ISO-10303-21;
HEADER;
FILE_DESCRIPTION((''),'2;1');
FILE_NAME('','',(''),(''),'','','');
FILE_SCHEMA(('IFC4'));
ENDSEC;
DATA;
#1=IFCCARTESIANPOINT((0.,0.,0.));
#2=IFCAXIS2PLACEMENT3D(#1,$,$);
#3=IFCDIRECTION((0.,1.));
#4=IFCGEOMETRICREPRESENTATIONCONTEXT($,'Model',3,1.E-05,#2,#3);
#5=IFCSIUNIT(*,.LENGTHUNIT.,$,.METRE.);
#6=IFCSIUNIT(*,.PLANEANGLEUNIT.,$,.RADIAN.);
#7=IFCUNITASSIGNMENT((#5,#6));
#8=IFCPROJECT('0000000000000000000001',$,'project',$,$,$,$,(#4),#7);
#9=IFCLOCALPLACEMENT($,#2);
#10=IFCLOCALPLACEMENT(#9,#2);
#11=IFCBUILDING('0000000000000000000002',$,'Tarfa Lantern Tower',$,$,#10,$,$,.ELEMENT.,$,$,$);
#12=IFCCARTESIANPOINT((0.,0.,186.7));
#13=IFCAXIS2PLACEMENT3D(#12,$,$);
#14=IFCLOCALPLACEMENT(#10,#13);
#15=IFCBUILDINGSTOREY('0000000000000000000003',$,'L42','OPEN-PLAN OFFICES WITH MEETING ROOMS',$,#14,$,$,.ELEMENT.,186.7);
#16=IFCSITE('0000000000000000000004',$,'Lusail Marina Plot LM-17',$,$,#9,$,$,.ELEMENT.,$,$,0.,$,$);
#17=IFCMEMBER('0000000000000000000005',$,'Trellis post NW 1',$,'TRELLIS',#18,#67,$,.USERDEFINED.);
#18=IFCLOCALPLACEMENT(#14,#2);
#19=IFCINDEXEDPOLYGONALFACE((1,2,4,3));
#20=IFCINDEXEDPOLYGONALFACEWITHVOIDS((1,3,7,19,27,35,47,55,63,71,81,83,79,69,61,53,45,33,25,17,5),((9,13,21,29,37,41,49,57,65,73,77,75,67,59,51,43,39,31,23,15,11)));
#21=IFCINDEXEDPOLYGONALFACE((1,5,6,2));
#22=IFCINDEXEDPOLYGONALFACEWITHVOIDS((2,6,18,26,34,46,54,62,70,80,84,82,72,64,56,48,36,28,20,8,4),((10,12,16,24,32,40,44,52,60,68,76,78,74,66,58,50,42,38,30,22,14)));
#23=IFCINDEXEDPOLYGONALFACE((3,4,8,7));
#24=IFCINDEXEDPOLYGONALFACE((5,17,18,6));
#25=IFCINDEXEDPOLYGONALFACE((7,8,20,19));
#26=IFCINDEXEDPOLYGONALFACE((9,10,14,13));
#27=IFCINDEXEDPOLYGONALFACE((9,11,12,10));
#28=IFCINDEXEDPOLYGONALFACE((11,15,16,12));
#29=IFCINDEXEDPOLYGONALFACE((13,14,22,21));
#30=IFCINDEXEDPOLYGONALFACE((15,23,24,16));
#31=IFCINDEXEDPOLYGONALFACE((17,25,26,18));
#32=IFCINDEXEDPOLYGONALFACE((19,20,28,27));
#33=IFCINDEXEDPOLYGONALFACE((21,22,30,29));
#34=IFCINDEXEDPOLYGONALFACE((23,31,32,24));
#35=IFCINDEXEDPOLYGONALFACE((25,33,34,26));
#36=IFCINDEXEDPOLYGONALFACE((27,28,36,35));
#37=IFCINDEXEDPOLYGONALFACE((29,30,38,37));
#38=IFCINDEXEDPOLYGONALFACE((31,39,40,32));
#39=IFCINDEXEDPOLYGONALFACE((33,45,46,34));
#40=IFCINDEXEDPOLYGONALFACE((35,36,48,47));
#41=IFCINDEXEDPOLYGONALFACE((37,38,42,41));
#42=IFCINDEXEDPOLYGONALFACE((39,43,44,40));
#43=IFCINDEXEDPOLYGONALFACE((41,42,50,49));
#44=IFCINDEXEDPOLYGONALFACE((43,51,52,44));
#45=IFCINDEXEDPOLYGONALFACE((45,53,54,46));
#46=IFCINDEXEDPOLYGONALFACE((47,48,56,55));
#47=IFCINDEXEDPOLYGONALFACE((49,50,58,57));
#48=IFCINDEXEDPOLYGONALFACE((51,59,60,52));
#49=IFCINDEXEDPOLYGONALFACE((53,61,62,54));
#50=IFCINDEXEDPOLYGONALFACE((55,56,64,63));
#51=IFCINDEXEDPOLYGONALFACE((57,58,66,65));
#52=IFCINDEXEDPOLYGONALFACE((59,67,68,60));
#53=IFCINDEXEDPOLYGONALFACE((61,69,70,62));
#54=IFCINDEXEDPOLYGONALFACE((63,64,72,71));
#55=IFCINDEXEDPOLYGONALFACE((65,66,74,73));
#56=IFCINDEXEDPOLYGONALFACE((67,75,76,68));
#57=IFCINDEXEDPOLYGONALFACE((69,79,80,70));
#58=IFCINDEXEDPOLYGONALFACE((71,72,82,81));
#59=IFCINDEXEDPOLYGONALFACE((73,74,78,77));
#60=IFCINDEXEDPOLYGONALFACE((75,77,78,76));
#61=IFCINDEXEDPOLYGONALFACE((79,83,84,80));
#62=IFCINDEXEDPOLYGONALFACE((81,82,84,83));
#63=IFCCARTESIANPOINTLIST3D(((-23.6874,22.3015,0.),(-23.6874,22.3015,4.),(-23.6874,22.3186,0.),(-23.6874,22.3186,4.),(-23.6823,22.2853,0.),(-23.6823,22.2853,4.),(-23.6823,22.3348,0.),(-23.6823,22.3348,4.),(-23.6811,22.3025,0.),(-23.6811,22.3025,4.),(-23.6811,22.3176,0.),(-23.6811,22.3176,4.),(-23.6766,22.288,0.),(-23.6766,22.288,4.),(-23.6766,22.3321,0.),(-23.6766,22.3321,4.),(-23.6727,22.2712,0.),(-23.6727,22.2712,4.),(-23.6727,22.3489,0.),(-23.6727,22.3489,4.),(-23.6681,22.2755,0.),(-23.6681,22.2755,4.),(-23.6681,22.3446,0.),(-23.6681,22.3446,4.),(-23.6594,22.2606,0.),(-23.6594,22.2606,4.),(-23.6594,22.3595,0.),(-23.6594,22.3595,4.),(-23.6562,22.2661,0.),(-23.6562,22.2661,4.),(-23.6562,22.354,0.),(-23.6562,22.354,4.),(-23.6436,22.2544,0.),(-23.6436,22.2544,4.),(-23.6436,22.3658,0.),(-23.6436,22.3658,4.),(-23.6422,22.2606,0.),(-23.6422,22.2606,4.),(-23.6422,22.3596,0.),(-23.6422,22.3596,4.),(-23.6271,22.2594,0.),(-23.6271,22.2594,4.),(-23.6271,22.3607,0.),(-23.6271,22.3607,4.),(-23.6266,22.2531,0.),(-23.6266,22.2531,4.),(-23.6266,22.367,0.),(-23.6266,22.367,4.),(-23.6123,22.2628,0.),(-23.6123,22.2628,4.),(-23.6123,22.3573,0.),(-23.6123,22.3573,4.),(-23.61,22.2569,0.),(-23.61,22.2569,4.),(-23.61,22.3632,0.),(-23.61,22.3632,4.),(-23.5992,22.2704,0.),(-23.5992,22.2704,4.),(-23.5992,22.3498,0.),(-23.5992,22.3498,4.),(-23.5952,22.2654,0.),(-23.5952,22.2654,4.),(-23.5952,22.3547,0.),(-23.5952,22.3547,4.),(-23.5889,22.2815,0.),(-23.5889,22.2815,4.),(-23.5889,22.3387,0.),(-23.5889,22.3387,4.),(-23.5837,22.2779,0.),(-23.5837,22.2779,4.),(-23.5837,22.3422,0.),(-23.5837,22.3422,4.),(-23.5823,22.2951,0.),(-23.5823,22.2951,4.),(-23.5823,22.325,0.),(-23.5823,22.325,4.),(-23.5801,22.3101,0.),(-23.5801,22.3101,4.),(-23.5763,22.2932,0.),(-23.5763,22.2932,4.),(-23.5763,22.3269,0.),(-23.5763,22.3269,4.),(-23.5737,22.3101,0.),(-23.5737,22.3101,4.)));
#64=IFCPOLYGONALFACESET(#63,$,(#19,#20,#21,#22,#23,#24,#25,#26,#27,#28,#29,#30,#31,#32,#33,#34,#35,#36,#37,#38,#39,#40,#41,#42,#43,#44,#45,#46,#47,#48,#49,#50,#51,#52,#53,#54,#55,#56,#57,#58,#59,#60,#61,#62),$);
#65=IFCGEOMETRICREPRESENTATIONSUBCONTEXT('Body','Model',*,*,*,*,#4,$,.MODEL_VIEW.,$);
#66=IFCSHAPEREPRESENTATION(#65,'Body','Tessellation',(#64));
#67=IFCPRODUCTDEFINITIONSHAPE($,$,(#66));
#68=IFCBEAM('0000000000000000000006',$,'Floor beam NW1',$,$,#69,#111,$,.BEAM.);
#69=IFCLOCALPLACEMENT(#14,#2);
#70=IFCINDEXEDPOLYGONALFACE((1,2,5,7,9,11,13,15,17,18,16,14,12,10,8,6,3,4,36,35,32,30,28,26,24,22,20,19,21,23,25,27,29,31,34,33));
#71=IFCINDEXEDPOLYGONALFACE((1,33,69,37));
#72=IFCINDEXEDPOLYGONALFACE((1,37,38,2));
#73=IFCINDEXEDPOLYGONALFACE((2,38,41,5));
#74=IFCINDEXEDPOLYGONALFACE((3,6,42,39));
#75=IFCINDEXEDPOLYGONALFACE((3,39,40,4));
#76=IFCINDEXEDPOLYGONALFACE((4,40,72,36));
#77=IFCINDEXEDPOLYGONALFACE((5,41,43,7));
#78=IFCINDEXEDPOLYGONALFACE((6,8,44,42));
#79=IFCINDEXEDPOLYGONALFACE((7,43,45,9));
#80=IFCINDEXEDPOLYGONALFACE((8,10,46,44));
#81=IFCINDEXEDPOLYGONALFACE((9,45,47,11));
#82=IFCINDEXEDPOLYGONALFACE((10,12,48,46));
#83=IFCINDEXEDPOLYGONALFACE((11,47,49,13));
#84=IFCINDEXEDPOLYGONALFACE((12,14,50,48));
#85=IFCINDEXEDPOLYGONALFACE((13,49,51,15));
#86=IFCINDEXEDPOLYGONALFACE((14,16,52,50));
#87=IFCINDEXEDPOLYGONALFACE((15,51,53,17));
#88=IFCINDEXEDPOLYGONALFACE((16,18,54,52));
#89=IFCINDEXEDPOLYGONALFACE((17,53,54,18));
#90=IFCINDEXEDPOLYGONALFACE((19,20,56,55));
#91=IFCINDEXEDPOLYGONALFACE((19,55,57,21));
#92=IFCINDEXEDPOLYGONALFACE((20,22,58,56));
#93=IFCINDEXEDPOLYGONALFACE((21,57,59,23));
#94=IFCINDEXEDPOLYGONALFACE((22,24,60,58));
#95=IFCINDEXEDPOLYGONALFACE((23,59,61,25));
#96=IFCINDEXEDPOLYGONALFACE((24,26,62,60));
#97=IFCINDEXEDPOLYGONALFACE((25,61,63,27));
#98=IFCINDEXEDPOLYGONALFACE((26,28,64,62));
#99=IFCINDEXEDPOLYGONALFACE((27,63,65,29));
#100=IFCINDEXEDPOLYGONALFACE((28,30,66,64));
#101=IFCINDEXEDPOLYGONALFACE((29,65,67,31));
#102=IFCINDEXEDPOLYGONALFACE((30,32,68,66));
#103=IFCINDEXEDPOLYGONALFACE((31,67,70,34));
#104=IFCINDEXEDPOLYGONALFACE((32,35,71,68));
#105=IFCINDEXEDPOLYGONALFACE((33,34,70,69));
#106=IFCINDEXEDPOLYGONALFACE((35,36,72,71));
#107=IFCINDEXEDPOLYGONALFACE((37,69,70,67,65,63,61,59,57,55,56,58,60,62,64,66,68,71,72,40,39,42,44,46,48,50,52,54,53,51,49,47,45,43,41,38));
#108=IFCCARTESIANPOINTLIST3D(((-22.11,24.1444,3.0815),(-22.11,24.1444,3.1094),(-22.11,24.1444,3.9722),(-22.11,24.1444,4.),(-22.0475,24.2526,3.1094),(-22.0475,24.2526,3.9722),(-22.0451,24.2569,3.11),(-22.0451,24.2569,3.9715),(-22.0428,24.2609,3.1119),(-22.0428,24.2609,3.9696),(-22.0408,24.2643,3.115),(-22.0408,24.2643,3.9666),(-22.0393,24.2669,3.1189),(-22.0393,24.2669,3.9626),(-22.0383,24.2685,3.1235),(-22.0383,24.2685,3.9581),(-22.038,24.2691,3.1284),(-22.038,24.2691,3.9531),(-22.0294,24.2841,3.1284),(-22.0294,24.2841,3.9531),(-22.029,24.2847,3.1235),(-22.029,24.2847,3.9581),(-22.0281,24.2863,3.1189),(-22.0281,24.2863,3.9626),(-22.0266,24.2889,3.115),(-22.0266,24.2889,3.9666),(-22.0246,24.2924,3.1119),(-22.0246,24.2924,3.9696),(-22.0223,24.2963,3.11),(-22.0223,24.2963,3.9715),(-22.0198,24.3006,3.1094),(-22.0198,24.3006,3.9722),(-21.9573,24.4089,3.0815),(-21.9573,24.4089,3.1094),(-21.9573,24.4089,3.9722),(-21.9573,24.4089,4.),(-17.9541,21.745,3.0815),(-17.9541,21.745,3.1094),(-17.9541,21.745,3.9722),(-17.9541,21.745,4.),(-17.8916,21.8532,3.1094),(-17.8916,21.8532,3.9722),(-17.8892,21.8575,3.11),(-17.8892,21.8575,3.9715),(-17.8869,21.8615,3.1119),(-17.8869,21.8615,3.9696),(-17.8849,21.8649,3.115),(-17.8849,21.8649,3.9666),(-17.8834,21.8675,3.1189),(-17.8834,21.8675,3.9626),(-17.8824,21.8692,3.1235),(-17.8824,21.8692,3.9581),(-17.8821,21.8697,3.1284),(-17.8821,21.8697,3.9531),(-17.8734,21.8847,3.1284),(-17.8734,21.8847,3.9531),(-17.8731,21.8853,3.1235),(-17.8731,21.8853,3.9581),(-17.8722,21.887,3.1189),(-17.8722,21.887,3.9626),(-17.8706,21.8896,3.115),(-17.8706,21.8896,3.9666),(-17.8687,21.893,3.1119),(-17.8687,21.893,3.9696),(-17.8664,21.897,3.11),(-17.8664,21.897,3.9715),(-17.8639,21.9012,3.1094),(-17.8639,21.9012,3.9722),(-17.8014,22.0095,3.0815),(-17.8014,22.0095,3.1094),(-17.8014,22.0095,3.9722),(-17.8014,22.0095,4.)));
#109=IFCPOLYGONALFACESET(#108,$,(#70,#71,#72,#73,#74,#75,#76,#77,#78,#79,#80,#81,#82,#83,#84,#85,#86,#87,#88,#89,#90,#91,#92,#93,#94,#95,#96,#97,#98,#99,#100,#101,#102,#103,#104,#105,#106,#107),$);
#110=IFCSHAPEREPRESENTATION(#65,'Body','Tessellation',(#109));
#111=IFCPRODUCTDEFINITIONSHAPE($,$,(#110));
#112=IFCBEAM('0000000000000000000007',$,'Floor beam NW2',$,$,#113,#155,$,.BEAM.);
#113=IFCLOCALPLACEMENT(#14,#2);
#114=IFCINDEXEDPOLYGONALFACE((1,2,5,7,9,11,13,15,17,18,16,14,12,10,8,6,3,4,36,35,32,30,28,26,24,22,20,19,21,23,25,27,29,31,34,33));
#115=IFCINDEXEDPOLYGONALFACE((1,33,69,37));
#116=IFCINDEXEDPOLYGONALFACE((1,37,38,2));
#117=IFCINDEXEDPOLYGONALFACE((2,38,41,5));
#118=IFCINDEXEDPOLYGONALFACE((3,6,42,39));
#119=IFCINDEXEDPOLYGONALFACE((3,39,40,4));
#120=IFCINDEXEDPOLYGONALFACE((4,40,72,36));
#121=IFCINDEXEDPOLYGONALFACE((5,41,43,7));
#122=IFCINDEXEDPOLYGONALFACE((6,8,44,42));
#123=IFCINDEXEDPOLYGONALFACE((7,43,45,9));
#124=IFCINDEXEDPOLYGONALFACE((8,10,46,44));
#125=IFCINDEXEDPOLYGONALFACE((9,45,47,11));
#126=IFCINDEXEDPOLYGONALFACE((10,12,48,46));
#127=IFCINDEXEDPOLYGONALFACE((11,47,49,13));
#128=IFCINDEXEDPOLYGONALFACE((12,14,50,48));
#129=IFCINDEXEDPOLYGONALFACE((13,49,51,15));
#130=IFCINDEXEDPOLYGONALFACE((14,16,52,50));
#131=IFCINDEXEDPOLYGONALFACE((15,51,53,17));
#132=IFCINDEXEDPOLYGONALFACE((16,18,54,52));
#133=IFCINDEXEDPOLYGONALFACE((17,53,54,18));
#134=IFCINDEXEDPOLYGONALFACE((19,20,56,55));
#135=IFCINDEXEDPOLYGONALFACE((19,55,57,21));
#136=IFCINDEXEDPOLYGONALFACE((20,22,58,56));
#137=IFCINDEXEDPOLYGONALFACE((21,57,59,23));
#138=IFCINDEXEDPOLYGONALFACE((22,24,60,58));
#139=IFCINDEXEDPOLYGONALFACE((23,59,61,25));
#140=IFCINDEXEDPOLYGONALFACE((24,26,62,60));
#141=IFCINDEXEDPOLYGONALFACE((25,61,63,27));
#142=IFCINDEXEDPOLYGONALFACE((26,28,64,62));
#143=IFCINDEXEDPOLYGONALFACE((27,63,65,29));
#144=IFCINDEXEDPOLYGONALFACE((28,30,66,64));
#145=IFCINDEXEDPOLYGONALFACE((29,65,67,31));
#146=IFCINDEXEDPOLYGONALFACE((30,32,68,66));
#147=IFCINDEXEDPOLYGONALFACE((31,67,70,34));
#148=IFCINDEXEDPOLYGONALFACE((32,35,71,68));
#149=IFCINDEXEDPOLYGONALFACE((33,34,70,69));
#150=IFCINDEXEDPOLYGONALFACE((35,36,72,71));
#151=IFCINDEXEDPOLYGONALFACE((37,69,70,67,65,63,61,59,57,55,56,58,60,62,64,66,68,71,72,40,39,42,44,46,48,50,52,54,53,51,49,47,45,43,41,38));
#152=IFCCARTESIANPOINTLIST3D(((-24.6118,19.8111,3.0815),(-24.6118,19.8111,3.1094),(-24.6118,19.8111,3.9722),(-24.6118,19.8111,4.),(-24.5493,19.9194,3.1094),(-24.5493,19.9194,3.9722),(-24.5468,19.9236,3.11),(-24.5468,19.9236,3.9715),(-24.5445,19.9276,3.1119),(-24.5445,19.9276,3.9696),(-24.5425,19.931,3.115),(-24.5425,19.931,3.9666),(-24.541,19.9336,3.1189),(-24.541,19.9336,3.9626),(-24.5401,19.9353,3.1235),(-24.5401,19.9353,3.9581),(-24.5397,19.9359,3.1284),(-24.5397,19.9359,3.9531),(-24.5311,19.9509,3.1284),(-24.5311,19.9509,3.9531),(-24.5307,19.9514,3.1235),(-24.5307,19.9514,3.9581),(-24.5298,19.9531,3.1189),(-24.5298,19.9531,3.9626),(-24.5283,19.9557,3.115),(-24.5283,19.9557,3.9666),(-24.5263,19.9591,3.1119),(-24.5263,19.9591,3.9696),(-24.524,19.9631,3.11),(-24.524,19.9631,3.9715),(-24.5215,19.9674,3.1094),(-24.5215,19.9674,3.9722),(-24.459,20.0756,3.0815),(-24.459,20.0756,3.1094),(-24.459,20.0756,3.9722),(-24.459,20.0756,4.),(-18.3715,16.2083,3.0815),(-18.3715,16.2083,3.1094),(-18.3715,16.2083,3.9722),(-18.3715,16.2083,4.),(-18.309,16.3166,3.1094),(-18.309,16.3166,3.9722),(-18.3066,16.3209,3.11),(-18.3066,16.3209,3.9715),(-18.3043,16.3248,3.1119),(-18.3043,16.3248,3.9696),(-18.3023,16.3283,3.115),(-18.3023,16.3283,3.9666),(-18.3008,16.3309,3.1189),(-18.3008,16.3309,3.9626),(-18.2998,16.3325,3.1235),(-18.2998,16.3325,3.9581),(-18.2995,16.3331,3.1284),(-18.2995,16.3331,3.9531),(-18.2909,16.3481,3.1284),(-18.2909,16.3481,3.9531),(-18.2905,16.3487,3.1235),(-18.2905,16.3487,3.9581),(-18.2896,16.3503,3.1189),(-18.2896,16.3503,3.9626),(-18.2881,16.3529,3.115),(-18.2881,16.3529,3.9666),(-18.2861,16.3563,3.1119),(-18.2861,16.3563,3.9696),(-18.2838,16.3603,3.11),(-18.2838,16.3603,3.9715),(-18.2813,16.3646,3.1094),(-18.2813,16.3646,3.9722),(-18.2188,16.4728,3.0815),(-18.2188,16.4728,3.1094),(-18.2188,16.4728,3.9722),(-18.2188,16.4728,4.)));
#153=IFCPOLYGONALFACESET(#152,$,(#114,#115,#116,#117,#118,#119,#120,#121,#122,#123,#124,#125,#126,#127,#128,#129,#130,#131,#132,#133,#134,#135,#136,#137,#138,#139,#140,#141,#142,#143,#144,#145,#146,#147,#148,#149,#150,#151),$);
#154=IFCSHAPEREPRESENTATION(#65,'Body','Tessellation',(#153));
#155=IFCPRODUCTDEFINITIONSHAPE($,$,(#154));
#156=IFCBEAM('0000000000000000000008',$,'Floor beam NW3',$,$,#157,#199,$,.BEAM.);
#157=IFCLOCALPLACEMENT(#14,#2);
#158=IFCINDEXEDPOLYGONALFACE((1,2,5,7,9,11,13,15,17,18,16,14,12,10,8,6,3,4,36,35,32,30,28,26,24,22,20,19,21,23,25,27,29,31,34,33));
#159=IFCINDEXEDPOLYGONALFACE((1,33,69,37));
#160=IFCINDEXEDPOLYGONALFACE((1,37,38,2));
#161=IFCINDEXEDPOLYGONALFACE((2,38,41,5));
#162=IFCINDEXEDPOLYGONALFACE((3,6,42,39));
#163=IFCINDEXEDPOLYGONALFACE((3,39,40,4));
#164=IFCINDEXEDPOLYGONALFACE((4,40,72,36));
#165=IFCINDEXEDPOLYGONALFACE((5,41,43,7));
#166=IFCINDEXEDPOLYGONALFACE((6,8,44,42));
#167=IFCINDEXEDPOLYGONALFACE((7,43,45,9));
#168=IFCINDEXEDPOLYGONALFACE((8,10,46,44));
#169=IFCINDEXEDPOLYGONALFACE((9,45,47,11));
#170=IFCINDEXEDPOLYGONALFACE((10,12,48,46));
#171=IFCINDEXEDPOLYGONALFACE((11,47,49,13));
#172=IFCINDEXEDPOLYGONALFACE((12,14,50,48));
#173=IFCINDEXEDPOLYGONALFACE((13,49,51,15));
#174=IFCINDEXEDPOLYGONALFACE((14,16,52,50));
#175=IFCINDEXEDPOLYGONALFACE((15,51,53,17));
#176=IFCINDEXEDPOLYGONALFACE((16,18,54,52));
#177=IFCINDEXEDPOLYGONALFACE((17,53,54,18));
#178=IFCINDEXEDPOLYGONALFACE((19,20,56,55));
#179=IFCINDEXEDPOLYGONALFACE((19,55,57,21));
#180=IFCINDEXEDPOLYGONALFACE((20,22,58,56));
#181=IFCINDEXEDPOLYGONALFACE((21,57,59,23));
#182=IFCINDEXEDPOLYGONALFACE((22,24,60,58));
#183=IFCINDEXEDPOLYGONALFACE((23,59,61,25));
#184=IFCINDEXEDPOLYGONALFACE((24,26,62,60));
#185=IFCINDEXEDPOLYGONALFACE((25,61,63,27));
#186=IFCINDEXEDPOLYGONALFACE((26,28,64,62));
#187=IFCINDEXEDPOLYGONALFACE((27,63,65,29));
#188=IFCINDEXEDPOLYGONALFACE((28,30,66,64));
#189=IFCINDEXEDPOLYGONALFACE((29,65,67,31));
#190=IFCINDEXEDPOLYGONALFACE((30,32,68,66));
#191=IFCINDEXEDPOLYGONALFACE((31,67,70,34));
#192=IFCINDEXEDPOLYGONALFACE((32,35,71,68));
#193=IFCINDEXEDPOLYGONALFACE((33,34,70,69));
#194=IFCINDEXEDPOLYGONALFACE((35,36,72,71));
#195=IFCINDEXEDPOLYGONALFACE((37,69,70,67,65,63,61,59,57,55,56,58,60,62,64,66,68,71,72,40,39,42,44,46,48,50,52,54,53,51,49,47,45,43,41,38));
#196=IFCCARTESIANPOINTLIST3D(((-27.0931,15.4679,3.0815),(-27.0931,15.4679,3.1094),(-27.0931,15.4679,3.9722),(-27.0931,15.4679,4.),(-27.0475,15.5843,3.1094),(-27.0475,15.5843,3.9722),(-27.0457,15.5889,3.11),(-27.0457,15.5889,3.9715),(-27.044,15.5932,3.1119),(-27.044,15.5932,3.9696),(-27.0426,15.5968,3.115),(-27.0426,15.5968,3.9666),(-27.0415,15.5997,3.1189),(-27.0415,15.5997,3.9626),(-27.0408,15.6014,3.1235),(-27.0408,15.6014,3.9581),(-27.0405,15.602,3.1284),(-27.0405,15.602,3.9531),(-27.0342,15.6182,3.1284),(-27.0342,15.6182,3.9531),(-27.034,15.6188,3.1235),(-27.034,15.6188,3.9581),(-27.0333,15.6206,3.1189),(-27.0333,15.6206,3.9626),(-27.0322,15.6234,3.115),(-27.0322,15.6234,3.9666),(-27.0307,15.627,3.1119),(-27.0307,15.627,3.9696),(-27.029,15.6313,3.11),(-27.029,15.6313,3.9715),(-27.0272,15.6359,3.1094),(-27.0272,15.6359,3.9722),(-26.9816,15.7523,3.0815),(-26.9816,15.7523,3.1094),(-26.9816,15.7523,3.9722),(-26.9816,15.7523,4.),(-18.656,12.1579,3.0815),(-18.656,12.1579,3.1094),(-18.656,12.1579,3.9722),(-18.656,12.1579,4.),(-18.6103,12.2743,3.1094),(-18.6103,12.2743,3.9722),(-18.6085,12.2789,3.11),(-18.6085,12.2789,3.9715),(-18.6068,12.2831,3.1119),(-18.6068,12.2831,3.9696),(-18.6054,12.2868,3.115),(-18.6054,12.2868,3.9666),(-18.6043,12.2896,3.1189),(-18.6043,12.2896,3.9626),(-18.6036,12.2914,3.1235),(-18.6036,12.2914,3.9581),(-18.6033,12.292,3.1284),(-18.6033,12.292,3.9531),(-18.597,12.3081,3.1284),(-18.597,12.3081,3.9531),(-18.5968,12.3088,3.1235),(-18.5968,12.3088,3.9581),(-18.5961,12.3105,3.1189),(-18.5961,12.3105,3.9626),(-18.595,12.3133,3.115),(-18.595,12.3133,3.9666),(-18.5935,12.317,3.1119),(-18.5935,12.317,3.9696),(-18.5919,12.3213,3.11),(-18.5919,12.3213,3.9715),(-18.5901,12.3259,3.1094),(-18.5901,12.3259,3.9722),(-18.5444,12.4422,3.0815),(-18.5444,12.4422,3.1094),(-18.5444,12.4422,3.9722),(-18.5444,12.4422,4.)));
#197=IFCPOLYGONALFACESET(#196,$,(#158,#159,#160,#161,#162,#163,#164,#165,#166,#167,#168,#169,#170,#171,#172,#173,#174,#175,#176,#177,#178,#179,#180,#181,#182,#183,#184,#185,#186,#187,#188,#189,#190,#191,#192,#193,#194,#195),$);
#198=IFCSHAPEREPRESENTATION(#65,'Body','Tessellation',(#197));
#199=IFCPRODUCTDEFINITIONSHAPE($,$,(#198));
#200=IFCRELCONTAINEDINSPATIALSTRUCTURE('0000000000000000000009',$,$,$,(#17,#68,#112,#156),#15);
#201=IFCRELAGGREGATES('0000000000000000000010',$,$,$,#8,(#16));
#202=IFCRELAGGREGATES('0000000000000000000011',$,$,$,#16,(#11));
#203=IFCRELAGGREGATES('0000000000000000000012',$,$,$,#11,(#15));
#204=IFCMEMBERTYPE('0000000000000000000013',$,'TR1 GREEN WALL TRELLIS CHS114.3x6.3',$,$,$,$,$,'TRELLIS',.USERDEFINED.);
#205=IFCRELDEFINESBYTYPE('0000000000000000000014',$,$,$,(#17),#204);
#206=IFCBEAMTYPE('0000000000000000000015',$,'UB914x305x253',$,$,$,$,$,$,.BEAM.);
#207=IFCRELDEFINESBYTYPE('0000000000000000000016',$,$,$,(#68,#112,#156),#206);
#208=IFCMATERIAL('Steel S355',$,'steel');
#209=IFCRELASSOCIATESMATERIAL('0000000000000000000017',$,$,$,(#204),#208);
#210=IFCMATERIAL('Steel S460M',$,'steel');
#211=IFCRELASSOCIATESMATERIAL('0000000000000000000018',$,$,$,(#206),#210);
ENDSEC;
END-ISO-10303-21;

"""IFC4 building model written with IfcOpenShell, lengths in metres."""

from ifc_helpers import new_model, si_unit, direction, frame, origin, origin_2d, place, context, subcontext, project, spatial, hollow_circle, i_section, extrude, material, material_profile, profile_set, type_object, element, save


model = new_model("IFC4")

# Units and contexts
model_context = context("Model", 3, precision=1e-05, world=origin(), true_north=direction((0.0, 1.0)))
body_context = subcontext(model_context, "Body", "Model", "MODEL_VIEW")
ifc_project = project(units=[si_unit("LENGTHUNIT", "METRE"), si_unit("PLANEANGLEUNIT", "RADIAN")], contexts=[model_context])

# Site, building, storey
site_placement = place(None, origin())
site = spatial("IfcSite", under=ifc_project, at=site_placement, Name="Lusail Marina Plot LM-17", CompositionType="ELEMENT", RefElevation=0.0)
building_placement = place(site_placement, origin())
building = spatial("IfcBuilding", under=site, at=building_placement, Name="Tarfa Lantern Tower", CompositionType="ELEMENT")
storey_placement = place(building_placement, frame((0.0, 0.0, 186.7)))
storey = spatial("IfcBuildingStorey", under=building, at=storey_placement, Name="L42", Description="OPEN-PLAN OFFICES WITH MEETING ROOMS", CompositionType="ELEMENT", Elevation=186.7)

# Member
ifc_material_1 = material(Name="Steel S355", Category="steel")
ifc_material_profile_1 = material_profile(ifc_material_1, hollow_circle(Radius=0.0571, WallThickness=0.0063, at=origin_2d()), Name="CHS114.3x6.3")
ifc_profile_set_1 = profile_set([ifc_material_profile_1], Name="Steel S355")
member_type_1 = type_object("IfcMemberType", Name="TR1 GREEN WALL TRELLIS CHS114.3x6.3", ElementType="TRELLIS", PredefinedType="USERDEFINED", material=ifc_profile_set_1)
member_1_placement = place(storey_placement, frame((-23.6309, 22.3101, 0.0), z_axis=(0.0, 0.0, 1.0), x_axis=(1.0, 0.0, 0.0)))
element("IfcMember", 1, at=member_1_placement, inside=storey, type_object=member_type_1, Name="Trellis post NW 1", ObjectType="TRELLIS", PredefinedType="USERDEFINED", context=body_context, shape_type="SweptSolid", body=[
    extrude(hollow_circle(Radius=0.0571, WallThickness=0.0063, at=origin_2d()), origin(), (0.0, 0.0, 1.0), 4.0),
])

# Beams
ifc_material_2 = material(Name="Steel S460M", Category="steel")
ifc_material_profile_2 = material_profile(ifc_material_2, i_section(OverallWidth=0.3054, OverallDepth=0.9185, WebThickness=0.0173, FlangeThickness=0.0278, FilletRadius=0.019, at=origin_2d()), Name="UB914x305x253")
ifc_profile_set_2 = profile_set([ifc_material_profile_2], Name="Steel S460M")
beam_type_1 = type_object("IfcBeamType", Name="UB914x305x253", PredefinedType="BEAM", material=ifc_profile_set_2)
beam_1_placement = place(storey_placement, frame((-22.0337, 24.2766, 3.5408), z_axis=(0.866031, -0.499991, 0.0), x_axis=(0.499991, 0.866031, 0.0)))
element("IfcBeam", 2, at=beam_1_placement, inside=storey, type_object=beam_type_1, Name="Floor beam NW1", PredefinedType="BEAM", context=body_context, shape_type="SweptSolid", body=[
    extrude(i_section(OverallWidth=0.3054, OverallDepth=0.9185, WebThickness=0.0173, FlangeThickness=0.0278, FilletRadius=0.019, at=origin_2d()), origin(), (0.0, 0.0, 1.0), 4.7988),
])
beam_2_placement = place(storey_placement, frame((-24.5354, 19.9434, 3.5408), z_axis=(0.866026, -0.499998, 0.0), x_axis=(0.499998, 0.866026, 0.0)))
element("IfcBeam", 3, at=beam_2_placement, inside=storey, type_object=beam_type_1, Name="Floor beam NW2", PredefinedType="BEAM", context=body_context, shape_type="SweptSolid", body=[
    extrude(i_section(OverallWidth=0.3054, OverallDepth=0.9185, WebThickness=0.0173, FlangeThickness=0.0278, FilletRadius=0.019, at=origin_2d()), origin(), (0.0, 0.0, 1.0), 7.2056),
])
beam_3_placement = place(storey_placement, frame((-27.0374, 15.6101, 3.5408), z_axis=(0.930923, -0.365215, 0.0), x_axis=(0.365215, 0.930923, 0.0)))
element("IfcBeam", 4, at=beam_3_placement, inside=storey, type_object=beam_type_1, Name="Floor beam NW3", PredefinedType="BEAM", context=body_context, shape_type="SweptSolid", body=[
    extrude(i_section(OverallWidth=0.3054, OverallDepth=0.9185, WebThickness=0.0173, FlangeThickness=0.0278, FilletRadius=0.019, at=origin_2d()), origin(), (0.0, 0.0, 1.0), 9.0632),
])

save(model, "model.ifc")
